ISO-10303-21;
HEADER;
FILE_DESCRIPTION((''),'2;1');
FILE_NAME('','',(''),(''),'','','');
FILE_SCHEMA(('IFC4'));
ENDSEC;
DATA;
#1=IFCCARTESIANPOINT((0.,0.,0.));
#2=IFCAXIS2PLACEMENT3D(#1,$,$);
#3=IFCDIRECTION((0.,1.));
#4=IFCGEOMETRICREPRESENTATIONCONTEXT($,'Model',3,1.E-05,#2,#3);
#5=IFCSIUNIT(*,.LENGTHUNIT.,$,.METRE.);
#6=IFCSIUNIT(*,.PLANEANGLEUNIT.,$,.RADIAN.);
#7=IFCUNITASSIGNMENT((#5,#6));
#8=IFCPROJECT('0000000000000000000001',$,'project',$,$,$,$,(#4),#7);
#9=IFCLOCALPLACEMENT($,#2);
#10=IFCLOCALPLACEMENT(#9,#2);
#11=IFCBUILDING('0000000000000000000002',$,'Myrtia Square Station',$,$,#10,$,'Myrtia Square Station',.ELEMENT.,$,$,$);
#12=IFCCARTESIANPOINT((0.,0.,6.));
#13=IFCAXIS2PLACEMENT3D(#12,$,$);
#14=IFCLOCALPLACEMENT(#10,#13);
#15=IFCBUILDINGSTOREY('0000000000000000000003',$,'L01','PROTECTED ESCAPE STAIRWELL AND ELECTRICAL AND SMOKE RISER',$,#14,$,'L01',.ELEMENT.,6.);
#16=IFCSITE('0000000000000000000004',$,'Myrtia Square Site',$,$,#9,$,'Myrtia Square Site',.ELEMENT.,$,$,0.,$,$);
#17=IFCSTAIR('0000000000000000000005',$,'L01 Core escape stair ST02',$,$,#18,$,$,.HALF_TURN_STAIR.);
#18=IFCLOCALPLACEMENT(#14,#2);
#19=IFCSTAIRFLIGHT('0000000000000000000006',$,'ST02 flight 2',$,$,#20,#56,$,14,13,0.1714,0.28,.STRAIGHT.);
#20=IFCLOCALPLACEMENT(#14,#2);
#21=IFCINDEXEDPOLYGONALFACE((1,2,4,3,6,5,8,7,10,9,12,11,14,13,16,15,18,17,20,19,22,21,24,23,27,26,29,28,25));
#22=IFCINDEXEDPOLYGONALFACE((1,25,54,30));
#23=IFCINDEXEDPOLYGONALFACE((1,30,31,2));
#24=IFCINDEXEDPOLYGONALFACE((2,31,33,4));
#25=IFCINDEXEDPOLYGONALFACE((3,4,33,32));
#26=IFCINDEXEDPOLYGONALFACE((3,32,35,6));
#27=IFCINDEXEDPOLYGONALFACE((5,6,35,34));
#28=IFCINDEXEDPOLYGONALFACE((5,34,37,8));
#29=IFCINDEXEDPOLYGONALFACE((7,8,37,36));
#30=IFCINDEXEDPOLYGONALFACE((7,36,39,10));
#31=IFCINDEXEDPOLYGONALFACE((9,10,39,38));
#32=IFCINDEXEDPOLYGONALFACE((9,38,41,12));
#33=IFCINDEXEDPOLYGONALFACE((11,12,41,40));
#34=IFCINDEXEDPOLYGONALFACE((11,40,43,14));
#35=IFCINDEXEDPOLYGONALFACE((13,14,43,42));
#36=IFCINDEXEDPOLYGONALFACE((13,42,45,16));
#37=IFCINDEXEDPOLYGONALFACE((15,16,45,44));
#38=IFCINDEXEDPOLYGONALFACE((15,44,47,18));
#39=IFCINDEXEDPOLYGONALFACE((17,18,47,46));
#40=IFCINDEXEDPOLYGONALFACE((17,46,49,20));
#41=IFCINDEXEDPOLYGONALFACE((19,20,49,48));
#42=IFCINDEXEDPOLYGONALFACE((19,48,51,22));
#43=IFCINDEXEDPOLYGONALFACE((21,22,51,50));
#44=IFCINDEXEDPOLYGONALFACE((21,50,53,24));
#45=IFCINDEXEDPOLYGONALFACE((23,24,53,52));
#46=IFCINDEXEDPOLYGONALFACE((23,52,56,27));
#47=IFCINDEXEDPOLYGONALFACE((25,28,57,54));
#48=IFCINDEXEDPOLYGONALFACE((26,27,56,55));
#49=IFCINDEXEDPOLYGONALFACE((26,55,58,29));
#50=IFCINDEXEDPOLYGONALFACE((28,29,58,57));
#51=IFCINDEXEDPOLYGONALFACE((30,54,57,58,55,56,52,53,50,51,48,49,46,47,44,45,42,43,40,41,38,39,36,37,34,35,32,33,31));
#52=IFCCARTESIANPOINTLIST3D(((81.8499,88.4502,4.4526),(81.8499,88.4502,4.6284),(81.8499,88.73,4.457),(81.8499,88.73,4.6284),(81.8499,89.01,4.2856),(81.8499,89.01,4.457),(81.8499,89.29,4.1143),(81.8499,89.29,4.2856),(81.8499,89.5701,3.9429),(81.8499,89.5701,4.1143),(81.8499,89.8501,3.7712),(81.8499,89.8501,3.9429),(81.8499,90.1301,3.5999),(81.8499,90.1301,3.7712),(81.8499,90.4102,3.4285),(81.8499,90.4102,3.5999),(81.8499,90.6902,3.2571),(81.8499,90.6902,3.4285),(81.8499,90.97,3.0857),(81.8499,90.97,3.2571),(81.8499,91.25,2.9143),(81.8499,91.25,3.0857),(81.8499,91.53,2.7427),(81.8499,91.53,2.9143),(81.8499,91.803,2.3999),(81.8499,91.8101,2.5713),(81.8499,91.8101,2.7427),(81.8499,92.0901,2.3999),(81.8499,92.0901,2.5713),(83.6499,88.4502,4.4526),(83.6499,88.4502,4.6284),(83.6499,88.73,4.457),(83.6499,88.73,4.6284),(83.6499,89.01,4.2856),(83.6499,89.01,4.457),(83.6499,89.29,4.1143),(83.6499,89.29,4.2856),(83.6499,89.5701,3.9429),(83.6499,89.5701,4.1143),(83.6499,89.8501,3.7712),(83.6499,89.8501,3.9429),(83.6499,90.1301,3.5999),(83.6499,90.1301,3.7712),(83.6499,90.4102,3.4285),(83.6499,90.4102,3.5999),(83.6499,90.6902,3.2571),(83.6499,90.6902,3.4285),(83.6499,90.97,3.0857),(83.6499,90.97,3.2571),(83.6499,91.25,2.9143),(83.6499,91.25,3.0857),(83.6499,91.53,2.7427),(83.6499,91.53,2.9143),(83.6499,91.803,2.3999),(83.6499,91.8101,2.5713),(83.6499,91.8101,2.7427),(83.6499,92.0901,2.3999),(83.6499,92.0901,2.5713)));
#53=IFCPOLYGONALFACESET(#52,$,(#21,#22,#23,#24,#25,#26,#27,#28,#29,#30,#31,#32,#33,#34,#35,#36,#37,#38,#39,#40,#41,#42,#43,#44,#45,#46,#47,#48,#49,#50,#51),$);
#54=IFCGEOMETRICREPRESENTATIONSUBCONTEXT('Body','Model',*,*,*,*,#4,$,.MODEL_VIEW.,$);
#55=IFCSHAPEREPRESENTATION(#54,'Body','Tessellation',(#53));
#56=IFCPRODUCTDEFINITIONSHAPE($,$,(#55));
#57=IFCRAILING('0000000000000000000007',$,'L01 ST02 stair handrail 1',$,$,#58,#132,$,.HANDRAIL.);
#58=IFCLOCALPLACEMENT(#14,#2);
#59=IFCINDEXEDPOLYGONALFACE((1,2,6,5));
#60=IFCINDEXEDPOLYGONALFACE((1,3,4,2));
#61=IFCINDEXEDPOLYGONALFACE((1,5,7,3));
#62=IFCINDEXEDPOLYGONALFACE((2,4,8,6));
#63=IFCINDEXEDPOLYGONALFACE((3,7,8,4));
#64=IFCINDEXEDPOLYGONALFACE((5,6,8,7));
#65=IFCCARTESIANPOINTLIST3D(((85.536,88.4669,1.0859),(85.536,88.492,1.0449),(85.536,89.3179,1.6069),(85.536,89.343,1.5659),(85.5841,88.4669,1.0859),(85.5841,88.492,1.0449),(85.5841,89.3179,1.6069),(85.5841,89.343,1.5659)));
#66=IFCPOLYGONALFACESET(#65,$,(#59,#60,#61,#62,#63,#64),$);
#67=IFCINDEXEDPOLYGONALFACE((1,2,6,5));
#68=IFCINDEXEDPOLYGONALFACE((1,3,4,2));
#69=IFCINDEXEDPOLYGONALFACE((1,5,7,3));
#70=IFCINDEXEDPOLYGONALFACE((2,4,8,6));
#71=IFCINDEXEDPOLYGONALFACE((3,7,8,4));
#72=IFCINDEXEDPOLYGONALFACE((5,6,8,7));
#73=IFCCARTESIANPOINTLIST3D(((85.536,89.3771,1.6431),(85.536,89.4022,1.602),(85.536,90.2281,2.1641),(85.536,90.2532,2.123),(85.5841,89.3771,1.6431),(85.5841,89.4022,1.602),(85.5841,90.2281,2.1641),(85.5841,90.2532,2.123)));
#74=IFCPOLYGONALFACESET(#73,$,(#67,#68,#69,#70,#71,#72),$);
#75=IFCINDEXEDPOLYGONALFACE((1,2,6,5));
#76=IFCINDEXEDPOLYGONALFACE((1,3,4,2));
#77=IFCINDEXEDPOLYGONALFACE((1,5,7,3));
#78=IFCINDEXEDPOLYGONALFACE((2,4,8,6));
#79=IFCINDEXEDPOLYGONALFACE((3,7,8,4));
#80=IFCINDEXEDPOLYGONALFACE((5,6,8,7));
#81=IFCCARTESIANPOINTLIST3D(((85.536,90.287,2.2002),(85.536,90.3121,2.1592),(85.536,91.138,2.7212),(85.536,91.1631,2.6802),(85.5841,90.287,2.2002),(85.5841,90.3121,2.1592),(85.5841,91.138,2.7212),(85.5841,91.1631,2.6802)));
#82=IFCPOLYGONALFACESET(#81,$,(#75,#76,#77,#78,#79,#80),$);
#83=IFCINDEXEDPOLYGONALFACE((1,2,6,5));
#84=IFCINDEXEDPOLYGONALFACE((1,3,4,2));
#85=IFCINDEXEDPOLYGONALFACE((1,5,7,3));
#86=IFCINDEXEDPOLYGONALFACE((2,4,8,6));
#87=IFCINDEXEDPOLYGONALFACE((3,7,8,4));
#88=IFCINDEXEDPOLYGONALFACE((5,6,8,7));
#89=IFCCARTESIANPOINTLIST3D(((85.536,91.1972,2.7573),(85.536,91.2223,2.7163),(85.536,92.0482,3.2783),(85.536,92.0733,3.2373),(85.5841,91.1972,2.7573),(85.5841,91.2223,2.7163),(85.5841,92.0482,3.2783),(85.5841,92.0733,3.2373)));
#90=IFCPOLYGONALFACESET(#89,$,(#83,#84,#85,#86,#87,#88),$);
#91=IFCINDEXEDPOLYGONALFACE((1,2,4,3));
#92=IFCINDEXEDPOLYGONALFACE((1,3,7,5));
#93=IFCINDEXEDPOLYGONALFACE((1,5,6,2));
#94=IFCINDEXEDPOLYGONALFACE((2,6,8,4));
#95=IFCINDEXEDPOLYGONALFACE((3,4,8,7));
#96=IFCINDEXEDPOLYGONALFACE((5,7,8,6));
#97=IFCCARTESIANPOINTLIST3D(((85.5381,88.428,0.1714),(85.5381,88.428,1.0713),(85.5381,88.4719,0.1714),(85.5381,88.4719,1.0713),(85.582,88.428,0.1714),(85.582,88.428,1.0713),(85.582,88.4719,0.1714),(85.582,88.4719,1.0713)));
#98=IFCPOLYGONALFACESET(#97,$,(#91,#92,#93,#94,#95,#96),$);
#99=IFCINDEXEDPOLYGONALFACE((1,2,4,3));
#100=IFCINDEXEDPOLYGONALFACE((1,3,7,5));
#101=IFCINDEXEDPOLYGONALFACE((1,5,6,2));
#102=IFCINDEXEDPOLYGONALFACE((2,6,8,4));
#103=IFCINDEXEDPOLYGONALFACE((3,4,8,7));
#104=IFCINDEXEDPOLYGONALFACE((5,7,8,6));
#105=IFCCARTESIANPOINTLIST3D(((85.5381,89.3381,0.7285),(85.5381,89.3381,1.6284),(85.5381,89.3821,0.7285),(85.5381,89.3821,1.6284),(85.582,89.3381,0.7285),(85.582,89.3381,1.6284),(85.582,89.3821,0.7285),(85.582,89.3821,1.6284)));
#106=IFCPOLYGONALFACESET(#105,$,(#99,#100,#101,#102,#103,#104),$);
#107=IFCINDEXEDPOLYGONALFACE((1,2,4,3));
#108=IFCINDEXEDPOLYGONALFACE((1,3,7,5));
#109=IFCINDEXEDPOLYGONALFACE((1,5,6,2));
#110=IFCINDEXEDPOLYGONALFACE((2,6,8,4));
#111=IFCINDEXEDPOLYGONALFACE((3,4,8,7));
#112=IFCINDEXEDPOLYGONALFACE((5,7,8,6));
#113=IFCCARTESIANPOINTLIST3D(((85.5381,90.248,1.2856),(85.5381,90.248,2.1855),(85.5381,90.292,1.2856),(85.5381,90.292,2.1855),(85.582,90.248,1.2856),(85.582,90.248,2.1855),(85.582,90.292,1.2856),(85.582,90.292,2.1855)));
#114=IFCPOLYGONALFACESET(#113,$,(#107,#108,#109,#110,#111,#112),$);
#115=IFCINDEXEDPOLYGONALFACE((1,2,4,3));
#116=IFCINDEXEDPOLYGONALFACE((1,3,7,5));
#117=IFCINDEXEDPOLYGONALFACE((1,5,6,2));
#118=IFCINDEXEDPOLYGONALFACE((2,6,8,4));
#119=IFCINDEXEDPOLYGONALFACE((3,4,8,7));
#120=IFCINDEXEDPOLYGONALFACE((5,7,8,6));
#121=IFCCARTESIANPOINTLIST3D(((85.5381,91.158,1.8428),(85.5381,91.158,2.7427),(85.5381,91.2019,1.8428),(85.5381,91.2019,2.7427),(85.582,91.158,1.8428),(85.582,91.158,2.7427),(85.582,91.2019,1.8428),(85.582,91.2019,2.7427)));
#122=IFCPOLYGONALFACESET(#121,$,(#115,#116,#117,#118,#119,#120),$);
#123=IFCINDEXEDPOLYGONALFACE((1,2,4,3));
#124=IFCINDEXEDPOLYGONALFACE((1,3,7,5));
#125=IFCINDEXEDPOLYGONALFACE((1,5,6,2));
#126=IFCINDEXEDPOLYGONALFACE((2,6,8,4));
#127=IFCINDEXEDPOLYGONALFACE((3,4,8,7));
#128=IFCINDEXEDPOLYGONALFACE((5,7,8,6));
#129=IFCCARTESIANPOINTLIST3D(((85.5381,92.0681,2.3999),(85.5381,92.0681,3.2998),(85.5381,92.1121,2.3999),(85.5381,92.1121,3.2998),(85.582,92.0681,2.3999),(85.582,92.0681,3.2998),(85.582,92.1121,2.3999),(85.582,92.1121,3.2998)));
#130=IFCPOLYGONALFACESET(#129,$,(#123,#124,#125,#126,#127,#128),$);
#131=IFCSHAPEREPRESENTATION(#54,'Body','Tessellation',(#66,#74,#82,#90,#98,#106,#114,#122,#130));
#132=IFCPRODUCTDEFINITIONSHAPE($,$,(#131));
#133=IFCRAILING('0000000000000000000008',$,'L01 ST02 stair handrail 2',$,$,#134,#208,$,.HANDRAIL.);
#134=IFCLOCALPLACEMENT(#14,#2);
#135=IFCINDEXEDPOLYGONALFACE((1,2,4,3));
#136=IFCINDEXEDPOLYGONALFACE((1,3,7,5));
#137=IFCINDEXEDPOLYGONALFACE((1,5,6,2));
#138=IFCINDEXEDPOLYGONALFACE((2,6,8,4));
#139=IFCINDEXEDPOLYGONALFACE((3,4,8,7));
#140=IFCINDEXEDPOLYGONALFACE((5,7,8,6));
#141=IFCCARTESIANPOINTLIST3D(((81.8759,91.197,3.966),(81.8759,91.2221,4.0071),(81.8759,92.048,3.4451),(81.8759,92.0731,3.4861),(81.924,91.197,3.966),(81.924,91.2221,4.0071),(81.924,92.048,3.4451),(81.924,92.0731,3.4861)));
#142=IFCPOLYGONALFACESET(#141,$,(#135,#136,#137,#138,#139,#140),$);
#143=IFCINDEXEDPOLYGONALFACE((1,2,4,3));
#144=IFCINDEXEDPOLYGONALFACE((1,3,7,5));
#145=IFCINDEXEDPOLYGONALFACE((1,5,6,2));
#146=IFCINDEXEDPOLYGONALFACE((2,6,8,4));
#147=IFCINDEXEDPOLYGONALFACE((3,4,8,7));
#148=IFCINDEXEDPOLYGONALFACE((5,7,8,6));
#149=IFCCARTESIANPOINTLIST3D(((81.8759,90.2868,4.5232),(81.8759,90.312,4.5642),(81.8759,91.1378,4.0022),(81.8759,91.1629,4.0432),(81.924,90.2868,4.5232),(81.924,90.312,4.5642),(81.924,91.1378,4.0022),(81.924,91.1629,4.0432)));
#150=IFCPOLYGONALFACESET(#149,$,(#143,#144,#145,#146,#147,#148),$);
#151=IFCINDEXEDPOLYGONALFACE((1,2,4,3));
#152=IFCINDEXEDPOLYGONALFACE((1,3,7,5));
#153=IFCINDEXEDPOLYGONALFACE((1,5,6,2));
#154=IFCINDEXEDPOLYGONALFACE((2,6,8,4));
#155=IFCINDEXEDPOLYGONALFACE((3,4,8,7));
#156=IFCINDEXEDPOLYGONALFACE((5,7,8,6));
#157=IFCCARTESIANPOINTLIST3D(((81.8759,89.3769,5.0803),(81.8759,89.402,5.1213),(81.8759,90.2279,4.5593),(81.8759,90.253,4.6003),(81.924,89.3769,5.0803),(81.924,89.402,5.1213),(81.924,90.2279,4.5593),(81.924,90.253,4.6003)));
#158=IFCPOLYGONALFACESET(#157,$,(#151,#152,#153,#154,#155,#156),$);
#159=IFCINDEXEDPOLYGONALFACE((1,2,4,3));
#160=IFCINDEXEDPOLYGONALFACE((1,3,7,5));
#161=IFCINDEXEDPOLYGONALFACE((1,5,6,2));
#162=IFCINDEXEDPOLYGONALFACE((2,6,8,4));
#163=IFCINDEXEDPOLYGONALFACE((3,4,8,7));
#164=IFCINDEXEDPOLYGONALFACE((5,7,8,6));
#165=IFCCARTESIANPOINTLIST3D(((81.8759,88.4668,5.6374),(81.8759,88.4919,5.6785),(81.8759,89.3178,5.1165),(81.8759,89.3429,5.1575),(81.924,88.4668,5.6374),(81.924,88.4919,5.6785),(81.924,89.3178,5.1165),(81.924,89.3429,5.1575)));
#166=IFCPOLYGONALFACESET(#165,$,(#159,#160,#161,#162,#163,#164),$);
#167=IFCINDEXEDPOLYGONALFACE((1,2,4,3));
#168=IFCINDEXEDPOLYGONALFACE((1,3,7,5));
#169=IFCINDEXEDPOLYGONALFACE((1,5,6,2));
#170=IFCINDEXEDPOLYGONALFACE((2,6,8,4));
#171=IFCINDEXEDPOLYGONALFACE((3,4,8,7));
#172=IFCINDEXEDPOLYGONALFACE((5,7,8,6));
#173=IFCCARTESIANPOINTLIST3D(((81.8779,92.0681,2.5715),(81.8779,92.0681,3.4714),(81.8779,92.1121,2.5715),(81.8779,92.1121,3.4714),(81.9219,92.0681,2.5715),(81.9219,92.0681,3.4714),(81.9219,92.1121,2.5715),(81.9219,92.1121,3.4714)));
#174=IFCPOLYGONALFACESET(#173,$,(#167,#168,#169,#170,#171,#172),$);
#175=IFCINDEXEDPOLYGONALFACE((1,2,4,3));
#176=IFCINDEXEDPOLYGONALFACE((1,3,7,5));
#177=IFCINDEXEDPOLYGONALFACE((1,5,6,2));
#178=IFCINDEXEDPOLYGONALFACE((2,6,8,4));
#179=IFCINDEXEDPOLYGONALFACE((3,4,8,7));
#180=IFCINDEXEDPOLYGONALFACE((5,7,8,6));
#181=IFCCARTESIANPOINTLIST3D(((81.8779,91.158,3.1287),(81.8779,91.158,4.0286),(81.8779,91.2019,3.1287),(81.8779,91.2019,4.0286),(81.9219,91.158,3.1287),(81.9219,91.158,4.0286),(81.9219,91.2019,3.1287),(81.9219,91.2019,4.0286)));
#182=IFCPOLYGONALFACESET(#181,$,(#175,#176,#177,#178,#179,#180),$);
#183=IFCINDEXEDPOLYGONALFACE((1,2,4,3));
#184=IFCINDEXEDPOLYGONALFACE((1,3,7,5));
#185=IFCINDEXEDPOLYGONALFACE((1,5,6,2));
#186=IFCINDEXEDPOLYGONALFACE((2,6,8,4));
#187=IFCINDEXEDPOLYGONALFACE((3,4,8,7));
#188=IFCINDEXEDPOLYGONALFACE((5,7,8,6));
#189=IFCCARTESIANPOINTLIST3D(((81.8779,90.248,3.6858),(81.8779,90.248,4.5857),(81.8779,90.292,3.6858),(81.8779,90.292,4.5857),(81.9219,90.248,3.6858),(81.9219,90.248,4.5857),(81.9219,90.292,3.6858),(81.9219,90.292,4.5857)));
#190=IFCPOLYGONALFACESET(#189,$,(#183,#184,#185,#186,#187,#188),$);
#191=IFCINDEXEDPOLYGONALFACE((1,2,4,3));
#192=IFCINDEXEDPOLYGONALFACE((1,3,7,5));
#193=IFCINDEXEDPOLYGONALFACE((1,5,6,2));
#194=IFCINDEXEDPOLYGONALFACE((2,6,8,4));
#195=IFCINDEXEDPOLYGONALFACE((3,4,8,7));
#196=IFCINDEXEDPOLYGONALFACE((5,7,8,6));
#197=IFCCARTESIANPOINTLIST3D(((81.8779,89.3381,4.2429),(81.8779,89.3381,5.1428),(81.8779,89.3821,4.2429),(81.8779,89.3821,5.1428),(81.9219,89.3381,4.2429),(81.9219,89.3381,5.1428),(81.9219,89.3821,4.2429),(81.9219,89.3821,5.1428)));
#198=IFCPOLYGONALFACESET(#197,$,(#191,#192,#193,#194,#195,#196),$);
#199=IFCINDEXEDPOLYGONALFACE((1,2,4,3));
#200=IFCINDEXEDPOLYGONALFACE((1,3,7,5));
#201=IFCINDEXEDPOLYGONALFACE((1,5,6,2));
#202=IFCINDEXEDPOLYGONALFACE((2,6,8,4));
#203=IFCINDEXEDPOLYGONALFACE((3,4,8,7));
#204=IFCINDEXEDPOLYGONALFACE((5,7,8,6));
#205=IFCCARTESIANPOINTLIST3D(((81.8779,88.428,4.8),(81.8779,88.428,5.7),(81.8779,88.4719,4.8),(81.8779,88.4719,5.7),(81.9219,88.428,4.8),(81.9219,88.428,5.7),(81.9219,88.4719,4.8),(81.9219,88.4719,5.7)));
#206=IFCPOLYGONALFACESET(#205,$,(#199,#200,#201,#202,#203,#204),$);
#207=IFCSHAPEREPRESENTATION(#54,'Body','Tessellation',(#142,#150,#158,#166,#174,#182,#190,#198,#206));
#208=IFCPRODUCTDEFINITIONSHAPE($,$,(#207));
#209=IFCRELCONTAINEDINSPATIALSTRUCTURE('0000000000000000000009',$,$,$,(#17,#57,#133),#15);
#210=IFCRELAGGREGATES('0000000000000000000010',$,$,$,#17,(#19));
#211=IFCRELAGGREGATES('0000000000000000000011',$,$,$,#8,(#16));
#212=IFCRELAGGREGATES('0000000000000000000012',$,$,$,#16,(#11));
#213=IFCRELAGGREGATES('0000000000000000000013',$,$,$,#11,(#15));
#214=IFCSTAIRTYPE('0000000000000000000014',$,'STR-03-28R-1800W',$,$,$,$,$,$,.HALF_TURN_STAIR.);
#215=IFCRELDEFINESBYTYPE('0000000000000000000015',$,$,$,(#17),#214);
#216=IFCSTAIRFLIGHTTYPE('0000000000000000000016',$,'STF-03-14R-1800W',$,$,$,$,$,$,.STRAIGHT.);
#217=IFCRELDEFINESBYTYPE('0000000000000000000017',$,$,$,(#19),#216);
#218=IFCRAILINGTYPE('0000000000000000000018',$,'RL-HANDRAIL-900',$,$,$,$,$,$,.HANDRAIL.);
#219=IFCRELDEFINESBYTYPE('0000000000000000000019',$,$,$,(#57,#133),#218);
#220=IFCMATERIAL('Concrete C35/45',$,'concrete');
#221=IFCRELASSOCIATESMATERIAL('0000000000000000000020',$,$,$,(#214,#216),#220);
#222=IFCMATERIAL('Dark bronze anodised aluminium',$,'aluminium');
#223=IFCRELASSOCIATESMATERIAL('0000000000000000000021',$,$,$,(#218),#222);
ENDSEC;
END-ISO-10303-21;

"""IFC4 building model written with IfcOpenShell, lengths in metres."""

from ifc_helpers import new_model, si_unit, direction, frame, origin, origin_2d, place, context, subcontext, project, spatial, polyline, rectangle, outline, extrude, material, type_object, element, aggregate, save


model = new_model("IFC4")

# Units and contexts
model_context = context("Model", 3, precision=1e-05, world=origin(), true_north=direction((0.0, 1.0)))
body_context = subcontext(model_context, "Body", "Model", "MODEL_VIEW")
ifc_project = project(units=[si_unit("LENGTHUNIT", "METRE"), si_unit("PLANEANGLEUNIT", "RADIAN")], contexts=[model_context])

# Site, building, storey
site_placement = place(None, origin())
site = spatial("IfcSite", under=ifc_project, at=site_placement, Name="Myrtia Square Site", LongName="Myrtia Square Site", CompositionType="ELEMENT", RefElevation=0.0)
building_placement = place(site_placement, origin())
building = spatial("IfcBuilding", under=site, at=building_placement, Name="Myrtia Square Station", LongName="Myrtia Square Station", CompositionType="ELEMENT")
storey_placement = place(building_placement, frame((0.0, 0.0, 6.0)))
storey = spatial("IfcBuildingStorey", under=building, at=storey_placement, Name="L01", Description="PROTECTED ESCAPE STAIRWELL AND ELECTRICAL AND SMOKE RISER", LongName="L01", CompositionType="ELEMENT", Elevation=6.0)

# Shared definitions
ifc_material_1 = material(Name="Dark bronze anodised aluminium", Category="aluminium")

# Shared definitions
ifc_material_2 = material(Name="Concrete C35/45", Category="concrete")

# Stair, stair flight
stair_type = type_object("IfcStairType", Name="STR-03-28R-1800W", PredefinedType="HALF_TURN_STAIR", material=ifc_material_2)
stair_placement = place(storey_placement, origin())
stair = element("IfcStair", 1, at=stair_placement, inside=storey, type_object=stair_type, Name="L01 Core escape stair ST02", PredefinedType="HALF_TURN_STAIR")
stair_flight_type = type_object("IfcStairFlightType", Name="STF-03-14R-1800W", PredefinedType="STRAIGHT", material=ifc_material_2)
stair_flight_1_placement = place(storey_placement, frame((82.75, 92.0901, 2.3999), z_axis=(0.0, 0.0, 1.0), x_axis=(0.0, -1.0, 0.0)))
stair_flight_1 = element("IfcStairFlight", 2, at=stair_flight_1_placement, type_object=stair_flight_type, Name="ST02 flight 2", NumberOfRisers=14, NumberOfTreads=13, PredefinedType="STRAIGHT", RiserHeight=0.1714, TreadLength=0.28, context=body_context, shape_type="SweptSolid", body=[
    extrude(outline(polyline([(0.0, 0.0), (0.0, 0.1714), (0.28, 0.1714), (0.28, 0.3428), (0.5601, 0.3428), (0.5601, 0.5144), (0.8401, 0.5144), (0.8401, 0.6858), (1.1201, 0.6858), (1.1201, 0.8572), (1.3999, 0.8572), (1.3999, 1.0286), (1.6799, 1.0286), (1.6799, 1.2), (1.96, 1.2), (1.96, 1.3713), (2.24, 1.3713), (2.24, 1.543), (2.52, 1.543), (2.52, 1.7144), (2.8, 1.7144), (2.8, 1.8857), (3.0801, 1.8857), (3.0801, 2.0571), (3.3601, 2.0571), (3.3601, 2.2285), (3.6399, 2.2285), (3.6399, 2.3999), (3.6399, 2.0527), (0.2871, 0.0), (0.0, 0.0)])), frame((0.0, 0.8999, 0.0), z_axis=(0.0, -1.0, 0.0), x_axis=(1.0, 0.0, 0.0)), (0.0, 0.0, 1.0), 1.8),
])
aggregate(stair, [stair_flight_1])

# Railings
railing_type_1 = type_object("IfcRailingType", Name="RL-HANDRAIL-900", PredefinedType="HANDRAIL", material=ifc_material_1)
railing_1_placement = place(storey_placement, frame((85.5601, 88.45, 0.1714)))
element("IfcRailing", 3, at=railing_1_placement, inside=storey, type_object=railing_type_1, Name="L01 ST02 stair handrail 1", PredefinedType="HANDRAIL", context=body_context, shape_type="SweptSolid", body=[
    extrude(rectangle(XDim=0.0481, YDim=0.0481, at=origin_2d()), frame((0.0, 0.0295, 0.894), z_axis=(0.0, 0.852866, 0.52213), x_axis=(-1.0, 0.0, 0.0)), (0.0, 0.0, 1.0), 0.9978),
    extrude(rectangle(XDim=0.0481, YDim=0.0481, at=origin_2d()), frame((0.0, 0.9397, 1.4512), z_axis=(0.0, 0.852866, 0.52213), x_axis=(-1.0, 0.0, 0.0)), (0.0, 0.0, 1.0), 0.9978),
    extrude(rectangle(XDim=0.0481, YDim=0.0481, at=origin_2d()), frame((0.0, 1.8496, 2.0083), z_axis=(0.0, 0.852866, 0.52213), x_axis=(-1.0, 0.0, 0.0)), (0.0, 0.0, 1.0), 0.9978),
    extrude(rectangle(XDim=0.0481, YDim=0.0481, at=origin_2d()), frame((0.0, 2.7598, 2.5654), z_axis=(0.0, 0.852866, 0.52213), x_axis=(-1.0, 0.0, 0.0)), (0.0, 0.0, 1.0), 0.9978),
    extrude(rectangle(XDim=0.0439, YDim=0.0439, at=origin_2d()), origin(), (0.0, 0.0, 1.0), 0.8999),
    extrude(rectangle(XDim=0.0439, YDim=0.0439, at=origin_2d()), frame((0.0, 0.9102, 0.5571)), (0.0, 0.0, 1.0), 0.8999),
    extrude(rectangle(XDim=0.0439, YDim=0.0439, at=origin_2d()), frame((0.0, 1.8201, 1.1143)), (0.0, 0.0, 1.0), 0.8999),
    extrude(rectangle(XDim=0.0439, YDim=0.0439, at=origin_2d()), frame((0.0, 2.73, 1.6714)), (0.0, 0.0, 1.0), 0.8999),
    extrude(rectangle(XDim=0.0439, YDim=0.0439, at=origin_2d()), frame((0.0, 3.6401, 2.2285)), (0.0, 0.0, 1.0), 0.8999),
])
railing_2_placement = place(storey_placement, frame((81.8999, 92.0901, 2.5715)))
element("IfcRailing", 4, at=railing_2_placement, inside=storey, type_object=railing_type_1, Name="L01 ST02 stair handrail 2", PredefinedType="HANDRAIL", context=body_context, shape_type="SweptSolid", body=[
    extrude(rectangle(XDim=0.0481, YDim=0.0481, at=origin_2d()), frame((0.0, -0.0295, 0.894), z_axis=(0.0, -0.852866, 0.52213), x_axis=(1.0, 0.0, 0.0)), (0.0, 0.0, 1.0), 0.9978),
    extrude(rectangle(XDim=0.0481, YDim=0.0481, at=origin_2d()), frame((0.0, -0.9397, 1.4512), z_axis=(0.0, -0.852866, 0.52213), x_axis=(1.0, 0.0, 0.0)), (0.0, 0.0, 1.0), 0.9978),
    extrude(rectangle(XDim=0.0481, YDim=0.0481, at=origin_2d()), frame((0.0, -1.8496, 2.0083), z_axis=(0.0, -0.852866, 0.52213), x_axis=(1.0, 0.0, 0.0)), (0.0, 0.0, 1.0), 0.9978),
    extrude(rectangle(XDim=0.0481, YDim=0.0481, at=origin_2d()), frame((0.0, -2.7598, 2.5654), z_axis=(0.0, -0.852866, 0.52213), x_axis=(1.0, 0.0, 0.0)), (0.0, 0.0, 1.0), 0.9978),
    extrude(rectangle(XDim=0.0439, YDim=0.0439, at=origin_2d()), origin(), (0.0, 0.0, 1.0), 0.8999),
    extrude(rectangle(XDim=0.0439, YDim=0.0439, at=origin_2d()), frame((0.0, -0.9102, 0.5571)), (0.0, 0.0, 1.0), 0.8999),
    extrude(rectangle(XDim=0.0439, YDim=0.0439, at=origin_2d()), frame((0.0, -1.8201, 1.1143)), (0.0, 0.0, 1.0), 0.8999),
    extrude(rectangle(XDim=0.0439, YDim=0.0439, at=origin_2d()), frame((0.0, -2.73, 1.6714)), (0.0, 0.0, 1.0), 0.8999),
    extrude(rectangle(XDim=0.0439, YDim=0.0439, at=origin_2d()), frame((0.0, -3.6401, 2.2285)), (0.0, 0.0, 1.0), 0.8999),
])

save(model, "model.ifc")
